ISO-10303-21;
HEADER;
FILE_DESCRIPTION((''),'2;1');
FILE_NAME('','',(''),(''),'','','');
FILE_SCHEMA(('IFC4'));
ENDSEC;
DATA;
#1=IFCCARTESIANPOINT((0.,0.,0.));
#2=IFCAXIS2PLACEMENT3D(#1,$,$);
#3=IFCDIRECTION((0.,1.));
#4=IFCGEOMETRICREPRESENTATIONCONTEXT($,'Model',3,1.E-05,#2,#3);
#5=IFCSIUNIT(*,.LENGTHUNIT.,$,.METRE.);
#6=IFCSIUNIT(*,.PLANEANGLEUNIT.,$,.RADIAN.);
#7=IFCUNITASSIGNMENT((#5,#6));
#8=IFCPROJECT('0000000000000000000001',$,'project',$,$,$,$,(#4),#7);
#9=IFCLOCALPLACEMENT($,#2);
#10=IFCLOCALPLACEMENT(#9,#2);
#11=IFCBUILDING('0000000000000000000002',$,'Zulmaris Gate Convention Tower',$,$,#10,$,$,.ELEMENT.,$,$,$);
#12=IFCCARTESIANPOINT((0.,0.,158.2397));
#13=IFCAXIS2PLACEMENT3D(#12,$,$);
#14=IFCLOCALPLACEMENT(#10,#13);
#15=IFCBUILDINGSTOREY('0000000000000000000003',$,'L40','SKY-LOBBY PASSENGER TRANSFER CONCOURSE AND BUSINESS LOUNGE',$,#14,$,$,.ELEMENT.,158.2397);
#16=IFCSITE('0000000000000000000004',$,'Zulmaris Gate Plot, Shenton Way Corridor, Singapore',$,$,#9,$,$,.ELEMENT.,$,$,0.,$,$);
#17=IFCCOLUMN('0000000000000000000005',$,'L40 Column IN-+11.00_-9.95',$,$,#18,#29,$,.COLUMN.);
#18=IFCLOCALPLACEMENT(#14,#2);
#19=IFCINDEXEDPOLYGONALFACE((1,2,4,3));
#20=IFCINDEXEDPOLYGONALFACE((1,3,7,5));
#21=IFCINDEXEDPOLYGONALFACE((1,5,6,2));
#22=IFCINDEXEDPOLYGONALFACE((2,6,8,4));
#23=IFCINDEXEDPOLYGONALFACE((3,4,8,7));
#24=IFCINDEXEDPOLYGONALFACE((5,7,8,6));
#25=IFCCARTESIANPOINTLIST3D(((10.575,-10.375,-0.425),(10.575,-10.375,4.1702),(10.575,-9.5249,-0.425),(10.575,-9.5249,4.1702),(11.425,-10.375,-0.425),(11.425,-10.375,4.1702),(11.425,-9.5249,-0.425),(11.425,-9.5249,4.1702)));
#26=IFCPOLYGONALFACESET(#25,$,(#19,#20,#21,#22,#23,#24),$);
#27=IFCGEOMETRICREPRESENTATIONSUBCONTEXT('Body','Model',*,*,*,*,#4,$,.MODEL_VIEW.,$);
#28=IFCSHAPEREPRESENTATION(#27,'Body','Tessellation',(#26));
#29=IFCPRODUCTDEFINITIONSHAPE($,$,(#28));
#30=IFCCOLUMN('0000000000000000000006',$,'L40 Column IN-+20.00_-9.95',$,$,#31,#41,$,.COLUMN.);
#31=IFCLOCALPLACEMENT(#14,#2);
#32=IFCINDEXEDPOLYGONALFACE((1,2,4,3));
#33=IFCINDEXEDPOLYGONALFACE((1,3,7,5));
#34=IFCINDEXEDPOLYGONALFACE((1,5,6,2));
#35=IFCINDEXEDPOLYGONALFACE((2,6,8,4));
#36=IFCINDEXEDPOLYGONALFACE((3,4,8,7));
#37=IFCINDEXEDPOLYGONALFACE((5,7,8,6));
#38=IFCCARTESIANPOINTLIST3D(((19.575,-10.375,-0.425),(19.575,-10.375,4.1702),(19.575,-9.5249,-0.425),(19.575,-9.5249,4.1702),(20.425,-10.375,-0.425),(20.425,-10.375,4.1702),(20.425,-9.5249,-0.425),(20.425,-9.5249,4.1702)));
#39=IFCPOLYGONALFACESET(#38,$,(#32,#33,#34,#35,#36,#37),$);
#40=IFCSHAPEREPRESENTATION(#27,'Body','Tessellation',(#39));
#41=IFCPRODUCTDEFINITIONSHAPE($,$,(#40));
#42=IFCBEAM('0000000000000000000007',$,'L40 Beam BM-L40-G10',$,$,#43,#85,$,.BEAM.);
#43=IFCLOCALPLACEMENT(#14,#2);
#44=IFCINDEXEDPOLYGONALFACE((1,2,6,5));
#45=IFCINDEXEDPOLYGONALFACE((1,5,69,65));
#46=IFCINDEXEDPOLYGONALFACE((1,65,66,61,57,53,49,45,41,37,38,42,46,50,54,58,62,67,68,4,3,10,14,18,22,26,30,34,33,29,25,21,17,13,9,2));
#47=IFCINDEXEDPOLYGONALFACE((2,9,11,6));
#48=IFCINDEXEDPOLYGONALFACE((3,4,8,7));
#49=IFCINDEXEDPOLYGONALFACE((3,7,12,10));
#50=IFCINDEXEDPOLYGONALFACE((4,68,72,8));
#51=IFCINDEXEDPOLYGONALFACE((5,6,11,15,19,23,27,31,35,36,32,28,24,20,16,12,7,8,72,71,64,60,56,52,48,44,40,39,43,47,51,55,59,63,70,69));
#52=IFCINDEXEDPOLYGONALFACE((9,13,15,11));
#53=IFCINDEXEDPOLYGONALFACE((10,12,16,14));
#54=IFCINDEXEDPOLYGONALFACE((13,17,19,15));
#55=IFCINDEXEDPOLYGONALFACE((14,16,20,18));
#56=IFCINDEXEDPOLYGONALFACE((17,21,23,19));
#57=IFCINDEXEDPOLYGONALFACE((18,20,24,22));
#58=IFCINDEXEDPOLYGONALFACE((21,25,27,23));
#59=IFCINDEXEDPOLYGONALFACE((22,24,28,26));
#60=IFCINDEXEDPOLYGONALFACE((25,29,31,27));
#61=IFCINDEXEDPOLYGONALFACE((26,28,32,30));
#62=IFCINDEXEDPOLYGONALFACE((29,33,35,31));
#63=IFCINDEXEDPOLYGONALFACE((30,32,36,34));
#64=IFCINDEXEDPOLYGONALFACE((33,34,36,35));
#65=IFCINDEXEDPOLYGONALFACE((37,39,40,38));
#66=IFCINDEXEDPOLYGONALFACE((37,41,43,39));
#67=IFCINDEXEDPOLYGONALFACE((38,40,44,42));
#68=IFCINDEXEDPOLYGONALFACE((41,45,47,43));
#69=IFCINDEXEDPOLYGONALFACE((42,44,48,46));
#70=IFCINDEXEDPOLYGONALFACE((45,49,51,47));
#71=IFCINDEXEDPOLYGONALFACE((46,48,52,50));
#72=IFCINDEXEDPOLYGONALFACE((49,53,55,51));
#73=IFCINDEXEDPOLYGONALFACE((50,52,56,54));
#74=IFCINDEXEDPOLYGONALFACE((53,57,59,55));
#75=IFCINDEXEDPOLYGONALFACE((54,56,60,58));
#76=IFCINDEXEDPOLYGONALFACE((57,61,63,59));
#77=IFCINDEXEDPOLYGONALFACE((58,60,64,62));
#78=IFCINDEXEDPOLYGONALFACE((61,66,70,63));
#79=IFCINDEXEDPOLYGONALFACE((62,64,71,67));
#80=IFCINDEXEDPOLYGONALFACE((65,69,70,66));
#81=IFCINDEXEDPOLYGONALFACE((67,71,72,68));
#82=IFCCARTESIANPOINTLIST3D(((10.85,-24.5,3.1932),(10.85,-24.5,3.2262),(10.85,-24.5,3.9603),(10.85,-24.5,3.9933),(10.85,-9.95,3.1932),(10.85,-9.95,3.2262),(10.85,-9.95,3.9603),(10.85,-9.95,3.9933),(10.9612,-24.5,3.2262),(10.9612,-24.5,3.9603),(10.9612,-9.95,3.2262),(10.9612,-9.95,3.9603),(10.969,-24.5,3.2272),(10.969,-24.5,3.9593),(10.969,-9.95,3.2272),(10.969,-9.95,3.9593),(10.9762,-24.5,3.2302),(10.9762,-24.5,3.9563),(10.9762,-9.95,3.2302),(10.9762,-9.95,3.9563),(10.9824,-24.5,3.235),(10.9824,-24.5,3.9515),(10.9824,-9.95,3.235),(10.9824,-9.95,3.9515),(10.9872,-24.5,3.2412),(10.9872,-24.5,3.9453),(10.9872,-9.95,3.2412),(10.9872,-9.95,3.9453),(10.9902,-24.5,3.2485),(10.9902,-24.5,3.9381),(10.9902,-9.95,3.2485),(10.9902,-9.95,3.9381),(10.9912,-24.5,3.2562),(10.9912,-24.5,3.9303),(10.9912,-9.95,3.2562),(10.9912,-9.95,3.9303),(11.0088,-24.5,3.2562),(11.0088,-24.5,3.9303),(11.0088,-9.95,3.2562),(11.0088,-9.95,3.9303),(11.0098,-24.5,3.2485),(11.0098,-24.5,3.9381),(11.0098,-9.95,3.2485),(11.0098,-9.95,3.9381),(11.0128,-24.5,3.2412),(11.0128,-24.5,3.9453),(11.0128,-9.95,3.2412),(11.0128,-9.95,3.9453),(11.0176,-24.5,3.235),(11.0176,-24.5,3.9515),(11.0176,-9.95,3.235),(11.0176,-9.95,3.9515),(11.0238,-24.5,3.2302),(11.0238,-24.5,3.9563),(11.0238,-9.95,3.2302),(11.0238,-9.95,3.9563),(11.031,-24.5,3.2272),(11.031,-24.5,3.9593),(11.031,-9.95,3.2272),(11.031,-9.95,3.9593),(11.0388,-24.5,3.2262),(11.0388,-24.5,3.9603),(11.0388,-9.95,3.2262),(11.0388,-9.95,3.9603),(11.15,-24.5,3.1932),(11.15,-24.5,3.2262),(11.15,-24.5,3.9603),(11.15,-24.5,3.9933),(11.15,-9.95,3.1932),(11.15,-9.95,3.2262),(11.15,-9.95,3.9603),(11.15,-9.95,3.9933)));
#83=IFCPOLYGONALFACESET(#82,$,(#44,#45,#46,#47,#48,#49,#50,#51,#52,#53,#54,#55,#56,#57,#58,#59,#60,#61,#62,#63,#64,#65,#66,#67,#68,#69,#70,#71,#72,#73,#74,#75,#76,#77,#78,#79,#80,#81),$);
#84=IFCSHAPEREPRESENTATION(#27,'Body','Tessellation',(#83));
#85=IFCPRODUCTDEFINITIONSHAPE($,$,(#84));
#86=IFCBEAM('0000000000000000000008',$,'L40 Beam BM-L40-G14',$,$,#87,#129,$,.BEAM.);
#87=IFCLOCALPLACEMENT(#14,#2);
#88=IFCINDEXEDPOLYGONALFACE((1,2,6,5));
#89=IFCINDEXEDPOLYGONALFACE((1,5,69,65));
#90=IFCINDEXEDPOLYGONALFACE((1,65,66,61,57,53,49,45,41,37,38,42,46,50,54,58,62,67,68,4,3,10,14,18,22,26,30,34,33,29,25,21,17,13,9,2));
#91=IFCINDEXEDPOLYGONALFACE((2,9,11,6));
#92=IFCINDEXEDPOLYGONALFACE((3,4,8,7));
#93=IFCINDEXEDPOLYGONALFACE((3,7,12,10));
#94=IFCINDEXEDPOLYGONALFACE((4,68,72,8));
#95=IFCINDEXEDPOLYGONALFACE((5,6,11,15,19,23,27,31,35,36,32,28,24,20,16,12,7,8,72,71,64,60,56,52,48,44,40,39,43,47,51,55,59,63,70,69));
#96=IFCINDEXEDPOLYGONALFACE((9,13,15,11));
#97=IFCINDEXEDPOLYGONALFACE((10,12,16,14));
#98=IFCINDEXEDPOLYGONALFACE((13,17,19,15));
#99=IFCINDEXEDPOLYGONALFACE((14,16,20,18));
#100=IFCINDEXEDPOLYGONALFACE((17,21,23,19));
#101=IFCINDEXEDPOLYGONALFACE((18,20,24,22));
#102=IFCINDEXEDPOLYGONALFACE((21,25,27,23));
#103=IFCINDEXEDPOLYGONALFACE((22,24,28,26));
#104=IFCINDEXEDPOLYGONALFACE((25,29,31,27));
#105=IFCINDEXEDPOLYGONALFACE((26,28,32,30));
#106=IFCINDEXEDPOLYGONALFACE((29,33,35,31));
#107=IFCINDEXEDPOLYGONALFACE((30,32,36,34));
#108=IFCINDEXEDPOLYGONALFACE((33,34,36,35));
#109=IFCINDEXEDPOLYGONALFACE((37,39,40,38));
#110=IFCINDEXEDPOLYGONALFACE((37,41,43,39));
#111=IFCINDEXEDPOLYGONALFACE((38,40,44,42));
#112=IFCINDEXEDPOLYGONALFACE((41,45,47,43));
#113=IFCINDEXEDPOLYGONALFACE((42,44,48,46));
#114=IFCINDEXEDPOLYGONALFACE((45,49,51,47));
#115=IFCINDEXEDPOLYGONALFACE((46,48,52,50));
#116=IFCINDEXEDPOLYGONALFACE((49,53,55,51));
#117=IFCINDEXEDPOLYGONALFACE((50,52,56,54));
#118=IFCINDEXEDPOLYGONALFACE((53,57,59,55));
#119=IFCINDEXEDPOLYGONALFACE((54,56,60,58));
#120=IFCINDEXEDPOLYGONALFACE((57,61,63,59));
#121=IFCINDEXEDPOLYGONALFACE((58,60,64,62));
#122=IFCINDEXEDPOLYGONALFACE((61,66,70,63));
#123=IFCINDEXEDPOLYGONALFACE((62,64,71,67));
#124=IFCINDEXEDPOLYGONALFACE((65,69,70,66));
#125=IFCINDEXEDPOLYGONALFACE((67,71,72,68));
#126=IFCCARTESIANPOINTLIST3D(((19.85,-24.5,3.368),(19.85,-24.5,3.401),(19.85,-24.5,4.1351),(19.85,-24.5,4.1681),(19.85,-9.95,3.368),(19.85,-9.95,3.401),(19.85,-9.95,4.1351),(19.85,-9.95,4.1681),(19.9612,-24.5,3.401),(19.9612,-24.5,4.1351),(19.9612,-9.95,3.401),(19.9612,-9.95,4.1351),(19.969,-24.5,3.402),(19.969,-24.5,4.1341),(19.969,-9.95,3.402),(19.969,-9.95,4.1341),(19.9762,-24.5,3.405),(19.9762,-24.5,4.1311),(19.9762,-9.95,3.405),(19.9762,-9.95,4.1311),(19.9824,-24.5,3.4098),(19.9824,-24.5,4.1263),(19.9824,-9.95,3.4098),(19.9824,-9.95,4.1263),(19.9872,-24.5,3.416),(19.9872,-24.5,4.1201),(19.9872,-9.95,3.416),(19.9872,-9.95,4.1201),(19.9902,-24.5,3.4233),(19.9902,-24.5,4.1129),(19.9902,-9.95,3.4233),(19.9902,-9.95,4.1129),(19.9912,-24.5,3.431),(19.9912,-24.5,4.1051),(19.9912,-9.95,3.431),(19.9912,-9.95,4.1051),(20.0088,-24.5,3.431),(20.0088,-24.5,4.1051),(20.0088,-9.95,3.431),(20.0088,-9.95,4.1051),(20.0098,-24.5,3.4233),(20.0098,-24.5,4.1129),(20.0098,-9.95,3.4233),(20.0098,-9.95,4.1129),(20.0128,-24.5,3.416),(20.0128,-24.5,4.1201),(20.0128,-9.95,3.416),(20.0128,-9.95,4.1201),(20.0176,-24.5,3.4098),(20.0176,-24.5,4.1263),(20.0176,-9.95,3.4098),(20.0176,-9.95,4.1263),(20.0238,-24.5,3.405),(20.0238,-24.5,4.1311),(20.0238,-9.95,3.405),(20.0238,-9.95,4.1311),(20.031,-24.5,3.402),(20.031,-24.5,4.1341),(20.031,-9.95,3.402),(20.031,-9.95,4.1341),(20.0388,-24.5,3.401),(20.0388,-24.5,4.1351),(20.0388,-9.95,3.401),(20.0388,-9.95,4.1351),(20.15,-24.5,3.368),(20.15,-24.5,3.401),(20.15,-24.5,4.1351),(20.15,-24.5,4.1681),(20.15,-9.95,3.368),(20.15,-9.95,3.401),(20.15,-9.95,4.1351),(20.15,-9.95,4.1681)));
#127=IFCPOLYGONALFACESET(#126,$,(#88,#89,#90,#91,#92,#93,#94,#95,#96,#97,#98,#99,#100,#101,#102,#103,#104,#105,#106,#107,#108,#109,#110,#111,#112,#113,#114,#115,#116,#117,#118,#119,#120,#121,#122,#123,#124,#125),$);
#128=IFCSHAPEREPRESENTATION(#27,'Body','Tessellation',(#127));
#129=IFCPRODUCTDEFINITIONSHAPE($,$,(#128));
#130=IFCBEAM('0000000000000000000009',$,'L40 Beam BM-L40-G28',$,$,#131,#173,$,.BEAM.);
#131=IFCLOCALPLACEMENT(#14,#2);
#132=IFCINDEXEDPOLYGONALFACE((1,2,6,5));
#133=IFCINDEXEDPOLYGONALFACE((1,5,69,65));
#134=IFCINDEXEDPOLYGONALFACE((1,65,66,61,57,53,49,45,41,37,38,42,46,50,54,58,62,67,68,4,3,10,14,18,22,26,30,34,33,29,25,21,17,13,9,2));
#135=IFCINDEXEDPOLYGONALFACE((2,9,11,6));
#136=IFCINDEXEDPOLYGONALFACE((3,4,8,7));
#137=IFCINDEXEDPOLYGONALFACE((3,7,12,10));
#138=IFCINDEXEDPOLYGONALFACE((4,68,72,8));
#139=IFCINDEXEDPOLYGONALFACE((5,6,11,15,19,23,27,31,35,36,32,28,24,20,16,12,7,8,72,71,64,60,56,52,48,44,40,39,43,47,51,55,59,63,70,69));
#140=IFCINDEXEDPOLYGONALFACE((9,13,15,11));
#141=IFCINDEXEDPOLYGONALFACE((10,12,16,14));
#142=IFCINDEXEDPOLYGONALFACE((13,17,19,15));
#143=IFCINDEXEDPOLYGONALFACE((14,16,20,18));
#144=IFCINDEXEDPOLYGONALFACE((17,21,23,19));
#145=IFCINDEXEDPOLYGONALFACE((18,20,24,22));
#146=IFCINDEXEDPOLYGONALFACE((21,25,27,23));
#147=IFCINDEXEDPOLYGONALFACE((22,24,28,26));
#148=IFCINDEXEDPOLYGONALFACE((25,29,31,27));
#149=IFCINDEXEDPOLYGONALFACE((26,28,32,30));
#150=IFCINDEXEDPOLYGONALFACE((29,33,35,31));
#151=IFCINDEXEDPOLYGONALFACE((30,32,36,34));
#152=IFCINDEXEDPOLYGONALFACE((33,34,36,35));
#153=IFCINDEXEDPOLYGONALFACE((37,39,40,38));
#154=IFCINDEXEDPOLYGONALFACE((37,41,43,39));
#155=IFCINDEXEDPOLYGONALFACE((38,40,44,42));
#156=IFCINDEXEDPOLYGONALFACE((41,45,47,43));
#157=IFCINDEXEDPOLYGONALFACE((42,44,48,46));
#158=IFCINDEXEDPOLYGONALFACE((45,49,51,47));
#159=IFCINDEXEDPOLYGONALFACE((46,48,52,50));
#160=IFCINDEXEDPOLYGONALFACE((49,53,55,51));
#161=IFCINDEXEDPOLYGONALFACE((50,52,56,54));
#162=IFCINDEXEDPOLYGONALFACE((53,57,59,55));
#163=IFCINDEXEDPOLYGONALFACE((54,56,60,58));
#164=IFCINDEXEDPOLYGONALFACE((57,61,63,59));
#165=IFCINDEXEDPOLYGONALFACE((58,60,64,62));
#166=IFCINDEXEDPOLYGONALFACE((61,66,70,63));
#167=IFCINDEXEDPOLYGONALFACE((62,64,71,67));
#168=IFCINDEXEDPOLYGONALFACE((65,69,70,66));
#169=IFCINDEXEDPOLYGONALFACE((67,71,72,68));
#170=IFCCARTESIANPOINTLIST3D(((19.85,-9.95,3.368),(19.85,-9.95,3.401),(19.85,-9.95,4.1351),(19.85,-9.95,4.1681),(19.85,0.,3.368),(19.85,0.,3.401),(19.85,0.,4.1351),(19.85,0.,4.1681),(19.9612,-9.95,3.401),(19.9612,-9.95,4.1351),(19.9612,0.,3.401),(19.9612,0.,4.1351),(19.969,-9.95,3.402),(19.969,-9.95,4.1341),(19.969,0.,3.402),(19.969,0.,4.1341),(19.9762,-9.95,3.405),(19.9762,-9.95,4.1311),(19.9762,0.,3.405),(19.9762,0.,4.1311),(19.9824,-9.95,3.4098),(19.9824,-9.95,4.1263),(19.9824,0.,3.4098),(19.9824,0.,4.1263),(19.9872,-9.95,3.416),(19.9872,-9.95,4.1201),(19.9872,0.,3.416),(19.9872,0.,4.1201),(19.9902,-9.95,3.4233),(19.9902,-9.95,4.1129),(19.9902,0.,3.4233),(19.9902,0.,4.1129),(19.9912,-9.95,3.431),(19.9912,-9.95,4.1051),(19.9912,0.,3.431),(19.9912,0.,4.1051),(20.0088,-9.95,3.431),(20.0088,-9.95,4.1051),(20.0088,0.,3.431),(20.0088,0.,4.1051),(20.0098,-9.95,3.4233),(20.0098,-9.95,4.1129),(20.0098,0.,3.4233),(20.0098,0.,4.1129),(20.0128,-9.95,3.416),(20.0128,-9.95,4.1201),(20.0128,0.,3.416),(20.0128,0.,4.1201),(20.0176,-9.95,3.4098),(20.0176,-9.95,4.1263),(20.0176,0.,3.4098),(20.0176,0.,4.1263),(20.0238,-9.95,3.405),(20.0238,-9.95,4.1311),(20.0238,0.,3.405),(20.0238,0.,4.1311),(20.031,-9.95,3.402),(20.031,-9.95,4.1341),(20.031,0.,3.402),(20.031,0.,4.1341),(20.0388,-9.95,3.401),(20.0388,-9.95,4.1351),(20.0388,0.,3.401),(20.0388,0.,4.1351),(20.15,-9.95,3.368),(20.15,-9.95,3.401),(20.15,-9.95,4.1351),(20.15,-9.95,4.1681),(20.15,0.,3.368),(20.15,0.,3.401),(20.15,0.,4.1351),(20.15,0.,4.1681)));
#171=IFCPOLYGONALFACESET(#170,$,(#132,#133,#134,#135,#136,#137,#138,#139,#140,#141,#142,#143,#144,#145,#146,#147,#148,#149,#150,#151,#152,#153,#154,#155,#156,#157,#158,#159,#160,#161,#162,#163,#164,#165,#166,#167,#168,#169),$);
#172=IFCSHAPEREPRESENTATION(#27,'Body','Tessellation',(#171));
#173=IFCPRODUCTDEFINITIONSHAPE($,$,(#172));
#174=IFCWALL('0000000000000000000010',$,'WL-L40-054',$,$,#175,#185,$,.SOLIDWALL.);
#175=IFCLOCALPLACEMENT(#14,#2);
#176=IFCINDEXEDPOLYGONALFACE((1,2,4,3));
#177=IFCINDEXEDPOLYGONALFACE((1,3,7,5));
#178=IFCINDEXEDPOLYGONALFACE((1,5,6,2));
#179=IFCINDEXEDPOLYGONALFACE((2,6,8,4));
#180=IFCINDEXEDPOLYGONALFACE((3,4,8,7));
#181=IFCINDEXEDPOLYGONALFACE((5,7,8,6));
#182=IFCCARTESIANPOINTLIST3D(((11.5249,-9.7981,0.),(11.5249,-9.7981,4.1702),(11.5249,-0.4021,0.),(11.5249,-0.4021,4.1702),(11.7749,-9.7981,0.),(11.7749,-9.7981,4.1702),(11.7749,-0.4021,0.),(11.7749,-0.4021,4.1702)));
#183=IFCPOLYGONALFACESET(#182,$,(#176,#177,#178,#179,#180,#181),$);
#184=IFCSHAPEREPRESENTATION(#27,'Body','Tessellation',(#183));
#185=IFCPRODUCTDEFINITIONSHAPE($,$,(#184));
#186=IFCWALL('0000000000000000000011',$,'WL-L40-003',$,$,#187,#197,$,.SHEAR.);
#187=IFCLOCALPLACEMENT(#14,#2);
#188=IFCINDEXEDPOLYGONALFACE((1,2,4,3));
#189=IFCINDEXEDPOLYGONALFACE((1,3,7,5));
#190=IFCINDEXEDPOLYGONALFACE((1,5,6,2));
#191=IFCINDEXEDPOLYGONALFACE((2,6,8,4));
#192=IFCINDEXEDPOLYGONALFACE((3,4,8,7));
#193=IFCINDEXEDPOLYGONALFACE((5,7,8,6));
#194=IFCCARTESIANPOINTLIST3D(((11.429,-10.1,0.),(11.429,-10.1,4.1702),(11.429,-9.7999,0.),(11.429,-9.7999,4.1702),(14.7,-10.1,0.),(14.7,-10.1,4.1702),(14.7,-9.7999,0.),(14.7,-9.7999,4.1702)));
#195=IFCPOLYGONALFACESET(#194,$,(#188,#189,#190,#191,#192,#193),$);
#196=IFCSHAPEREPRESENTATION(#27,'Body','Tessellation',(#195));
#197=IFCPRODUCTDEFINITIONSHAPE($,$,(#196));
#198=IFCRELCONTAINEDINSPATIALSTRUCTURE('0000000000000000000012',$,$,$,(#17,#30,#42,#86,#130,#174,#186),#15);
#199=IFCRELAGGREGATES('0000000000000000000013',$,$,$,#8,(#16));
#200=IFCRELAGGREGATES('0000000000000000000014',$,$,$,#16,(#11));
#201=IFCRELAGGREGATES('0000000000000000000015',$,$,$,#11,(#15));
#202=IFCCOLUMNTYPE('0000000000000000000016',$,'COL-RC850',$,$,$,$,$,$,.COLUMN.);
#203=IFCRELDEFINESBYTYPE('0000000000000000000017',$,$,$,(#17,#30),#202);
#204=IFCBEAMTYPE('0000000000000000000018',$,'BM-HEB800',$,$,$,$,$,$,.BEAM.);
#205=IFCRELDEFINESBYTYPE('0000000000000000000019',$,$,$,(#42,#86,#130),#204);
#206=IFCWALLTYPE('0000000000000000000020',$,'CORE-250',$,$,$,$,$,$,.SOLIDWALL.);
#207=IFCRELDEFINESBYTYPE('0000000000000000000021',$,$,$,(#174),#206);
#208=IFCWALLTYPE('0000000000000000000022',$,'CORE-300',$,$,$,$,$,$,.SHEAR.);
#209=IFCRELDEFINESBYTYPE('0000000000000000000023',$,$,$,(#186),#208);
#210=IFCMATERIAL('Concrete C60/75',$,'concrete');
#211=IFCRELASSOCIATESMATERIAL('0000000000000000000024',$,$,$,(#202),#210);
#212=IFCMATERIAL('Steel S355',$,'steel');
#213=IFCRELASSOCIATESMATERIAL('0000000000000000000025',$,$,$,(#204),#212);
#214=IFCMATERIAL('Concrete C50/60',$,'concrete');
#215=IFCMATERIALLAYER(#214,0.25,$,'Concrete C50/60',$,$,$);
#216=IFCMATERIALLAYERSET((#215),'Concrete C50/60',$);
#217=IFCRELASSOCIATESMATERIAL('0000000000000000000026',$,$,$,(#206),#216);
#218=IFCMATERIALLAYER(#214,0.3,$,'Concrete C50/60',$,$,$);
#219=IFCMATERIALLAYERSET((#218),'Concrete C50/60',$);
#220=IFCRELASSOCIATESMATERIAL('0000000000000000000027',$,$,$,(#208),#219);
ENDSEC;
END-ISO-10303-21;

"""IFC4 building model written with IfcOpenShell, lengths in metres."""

from ifc_helpers import new_model, si_unit, direction, frame, frame_2d, origin, origin_2d, place, context, subcontext, project, spatial, rectangle, i_section, extrude, material, layer, layer_set, material_profile, profile_set, type_object, element, save


model = new_model("IFC4")

# Units and contexts
model_context = context("Model", 3, precision=1e-05, world=origin(), true_north=direction((0.0, 1.0)))
body_context = subcontext(model_context, "Body", "Model", "MODEL_VIEW")
ifc_project = project(units=[si_unit("LENGTHUNIT", "METRE"), si_unit("PLANEANGLEUNIT", "RADIAN")], contexts=[model_context])

# Site, building, storey
site_placement = place(None, origin())
site = spatial("IfcSite", under=ifc_project, at=site_placement, Name="Zulmaris Gate Plot, Shenton Way Corridor, Singapore", CompositionType="ELEMENT", RefElevation=0.0)
building_placement = place(site_placement, origin())
building = spatial("IfcBuilding", under=site, at=building_placement, Name="Zulmaris Gate Convention Tower", CompositionType="ELEMENT")
storey_placement = place(building_placement, frame((0.0, 0.0, 158.2397)))
storey = spatial("IfcBuildingStorey", under=building, at=storey_placement, Name="L40", Description="SKY-LOBBY PASSENGER TRANSFER CONCOURSE AND BUSINESS LOUNGE", CompositionType="ELEMENT", Elevation=158.2397)

# Columns
ifc_material_1 = material(Name="Concrete C60/75", Category="concrete")
ifc_material_profile_1 = material_profile(ifc_material_1, rectangle(XDim=0.8501, YDim=0.8501, at=origin_2d()), Name="RC COL 850x850")
ifc_profile_set_1 = profile_set([ifc_material_profile_1], Name="Concrete C60/75")
column_type = type_object("IfcColumnType", Name="COL-RC850", PredefinedType="COLUMN", material=ifc_profile_set_1)
for number, where, z_axis, x_axis, name in (
    (1, (11.0, -9.95, -0.425), (0.0, 0.0, 1.0), (1.0, 0.0, 0.0), "L40 Column IN-+11.00_-9.95"),
    (2, (20.0, -9.95, -0.425), (0.0, 0.0, 1.0), (1.0, 0.0, 0.0), "L40 Column IN-+20.00_-9.95"),
):
    element("IfcColumn", number, at=place(storey_placement, frame(where, z_axis=z_axis, x_axis=x_axis)), inside=storey, type_object=column_type, Name=name, PredefinedType="COLUMN", context=body_context, shape_type="SweptSolid", body=[
        extrude(rectangle(XDim=0.8501, YDim=0.8501, at=origin_2d()), origin(), (0.0, 0.0, 1.0), 4.5952),
    ])

# Beams
ifc_material_2 = material(Name="Steel S355", Category="steel")
ifc_material_profile_2 = material_profile(ifc_material_2, i_section(OverallWidth=0.3, OverallDepth=0.8, WebThickness=0.0176, FlangeThickness=0.033, FilletRadius=0.03, at=origin_2d()), Name="HEB 800")
ifc_profile_set_2 = profile_set([ifc_material_profile_2], Name="Steel S355")
beam_type = type_object("IfcBeamType", Name="BM-HEB800", PredefinedType="BEAM", material=ifc_profile_set_2)
for number, where, z_axis, x_axis, name in (
    (3, (11.0, -24.5, 3.5933), (0.0, 1.0, 0.0), (-1.0, 0.0, 0.0), "L40 Beam BM-L40-G10"),
    (4, (20.0, -24.5, 3.7681), (0.0, 1.0, 0.0), (-1.0, 0.0, 0.0), "L40 Beam BM-L40-G14"),
):
    element("IfcBeam", number, at=place(storey_placement, frame(where, z_axis=z_axis, x_axis=x_axis)), inside=storey, type_object=beam_type, Name=name, PredefinedType="BEAM", context=body_context, shape_type="SweptSolid", body=[
        extrude(i_section(OverallWidth=0.3, OverallDepth=0.8, WebThickness=0.0176, FlangeThickness=0.033, FilletRadius=0.03, at=origin_2d()), origin(), (0.0, 0.0, 1.0), 14.55),
    ])
beam_placement = place(storey_placement, frame((20.0, -9.95, 3.7681), z_axis=(0.0, 1.0, 0.0), x_axis=(-1.0, 0.0, 0.0)))
element("IfcBeam", 5, at=beam_placement, inside=storey, type_object=beam_type, Name="L40 Beam BM-L40-G28", PredefinedType="BEAM", context=body_context, shape_type="SweptSolid", body=[
    extrude(i_section(OverallWidth=0.3, OverallDepth=0.8, WebThickness=0.0176, FlangeThickness=0.033, FilletRadius=0.03, at=origin_2d()), origin(), (0.0, 0.0, 1.0), 9.95),
])

# Walls
ifc_material_3 = material(Name="Concrete C50/60", Category="concrete")
ifc_layer_1 = layer(ifc_material_3, 0.25, Name="Concrete C50/60")
ifc_layer_set_1 = layer_set([ifc_layer_1], Name="Concrete C50/60")
wall_type_1 = type_object("IfcWallType", Name="CORE-250", PredefinedType="SOLIDWALL", material=ifc_layer_set_1)
wall_1_placement = place(storey_placement, frame((11.6499, -9.7981, 0.0), z_axis=(0.0, 0.0, 1.0), x_axis=(0.0, 1.0, 0.0)))
element("IfcWall", 6, at=wall_1_placement, inside=storey, type_object=wall_type_1, Name="WL-L40-054", PredefinedType="SOLIDWALL", context=body_context, shape_type="SweptSolid", body=[
    extrude(rectangle(XDim=9.396, YDim=0.25, at=frame_2d((4.698, 0.0))), origin(), (0.0, 0.0, 1.0), 4.1702),
])
ifc_layer_2 = layer(ifc_material_3, 0.3, Name="Concrete C50/60")
ifc_layer_set_2 = layer_set([ifc_layer_2], Name="Concrete C50/60")
wall_type_2 = type_object("IfcWallType", Name="CORE-300", PredefinedType="SHEAR", material=ifc_layer_set_2)
wall_2_placement = place(storey_placement, frame((11.429, -9.95, 0.0), z_axis=(0.0, 0.0, 1.0), x_axis=(1.0, 0.0, 0.0)))
element("IfcWall", 7, at=wall_2_placement, inside=storey, type_object=wall_type_2, Name="WL-L40-003", PredefinedType="SHEAR", context=body_context, shape_type="SweptSolid", body=[
    extrude(rectangle(XDim=3.271, YDim=0.3, at=frame_2d((1.6355, 0.0))), origin(), (0.0, 0.0, 1.0), 4.1702),
])

save(model, "model.ifc")
